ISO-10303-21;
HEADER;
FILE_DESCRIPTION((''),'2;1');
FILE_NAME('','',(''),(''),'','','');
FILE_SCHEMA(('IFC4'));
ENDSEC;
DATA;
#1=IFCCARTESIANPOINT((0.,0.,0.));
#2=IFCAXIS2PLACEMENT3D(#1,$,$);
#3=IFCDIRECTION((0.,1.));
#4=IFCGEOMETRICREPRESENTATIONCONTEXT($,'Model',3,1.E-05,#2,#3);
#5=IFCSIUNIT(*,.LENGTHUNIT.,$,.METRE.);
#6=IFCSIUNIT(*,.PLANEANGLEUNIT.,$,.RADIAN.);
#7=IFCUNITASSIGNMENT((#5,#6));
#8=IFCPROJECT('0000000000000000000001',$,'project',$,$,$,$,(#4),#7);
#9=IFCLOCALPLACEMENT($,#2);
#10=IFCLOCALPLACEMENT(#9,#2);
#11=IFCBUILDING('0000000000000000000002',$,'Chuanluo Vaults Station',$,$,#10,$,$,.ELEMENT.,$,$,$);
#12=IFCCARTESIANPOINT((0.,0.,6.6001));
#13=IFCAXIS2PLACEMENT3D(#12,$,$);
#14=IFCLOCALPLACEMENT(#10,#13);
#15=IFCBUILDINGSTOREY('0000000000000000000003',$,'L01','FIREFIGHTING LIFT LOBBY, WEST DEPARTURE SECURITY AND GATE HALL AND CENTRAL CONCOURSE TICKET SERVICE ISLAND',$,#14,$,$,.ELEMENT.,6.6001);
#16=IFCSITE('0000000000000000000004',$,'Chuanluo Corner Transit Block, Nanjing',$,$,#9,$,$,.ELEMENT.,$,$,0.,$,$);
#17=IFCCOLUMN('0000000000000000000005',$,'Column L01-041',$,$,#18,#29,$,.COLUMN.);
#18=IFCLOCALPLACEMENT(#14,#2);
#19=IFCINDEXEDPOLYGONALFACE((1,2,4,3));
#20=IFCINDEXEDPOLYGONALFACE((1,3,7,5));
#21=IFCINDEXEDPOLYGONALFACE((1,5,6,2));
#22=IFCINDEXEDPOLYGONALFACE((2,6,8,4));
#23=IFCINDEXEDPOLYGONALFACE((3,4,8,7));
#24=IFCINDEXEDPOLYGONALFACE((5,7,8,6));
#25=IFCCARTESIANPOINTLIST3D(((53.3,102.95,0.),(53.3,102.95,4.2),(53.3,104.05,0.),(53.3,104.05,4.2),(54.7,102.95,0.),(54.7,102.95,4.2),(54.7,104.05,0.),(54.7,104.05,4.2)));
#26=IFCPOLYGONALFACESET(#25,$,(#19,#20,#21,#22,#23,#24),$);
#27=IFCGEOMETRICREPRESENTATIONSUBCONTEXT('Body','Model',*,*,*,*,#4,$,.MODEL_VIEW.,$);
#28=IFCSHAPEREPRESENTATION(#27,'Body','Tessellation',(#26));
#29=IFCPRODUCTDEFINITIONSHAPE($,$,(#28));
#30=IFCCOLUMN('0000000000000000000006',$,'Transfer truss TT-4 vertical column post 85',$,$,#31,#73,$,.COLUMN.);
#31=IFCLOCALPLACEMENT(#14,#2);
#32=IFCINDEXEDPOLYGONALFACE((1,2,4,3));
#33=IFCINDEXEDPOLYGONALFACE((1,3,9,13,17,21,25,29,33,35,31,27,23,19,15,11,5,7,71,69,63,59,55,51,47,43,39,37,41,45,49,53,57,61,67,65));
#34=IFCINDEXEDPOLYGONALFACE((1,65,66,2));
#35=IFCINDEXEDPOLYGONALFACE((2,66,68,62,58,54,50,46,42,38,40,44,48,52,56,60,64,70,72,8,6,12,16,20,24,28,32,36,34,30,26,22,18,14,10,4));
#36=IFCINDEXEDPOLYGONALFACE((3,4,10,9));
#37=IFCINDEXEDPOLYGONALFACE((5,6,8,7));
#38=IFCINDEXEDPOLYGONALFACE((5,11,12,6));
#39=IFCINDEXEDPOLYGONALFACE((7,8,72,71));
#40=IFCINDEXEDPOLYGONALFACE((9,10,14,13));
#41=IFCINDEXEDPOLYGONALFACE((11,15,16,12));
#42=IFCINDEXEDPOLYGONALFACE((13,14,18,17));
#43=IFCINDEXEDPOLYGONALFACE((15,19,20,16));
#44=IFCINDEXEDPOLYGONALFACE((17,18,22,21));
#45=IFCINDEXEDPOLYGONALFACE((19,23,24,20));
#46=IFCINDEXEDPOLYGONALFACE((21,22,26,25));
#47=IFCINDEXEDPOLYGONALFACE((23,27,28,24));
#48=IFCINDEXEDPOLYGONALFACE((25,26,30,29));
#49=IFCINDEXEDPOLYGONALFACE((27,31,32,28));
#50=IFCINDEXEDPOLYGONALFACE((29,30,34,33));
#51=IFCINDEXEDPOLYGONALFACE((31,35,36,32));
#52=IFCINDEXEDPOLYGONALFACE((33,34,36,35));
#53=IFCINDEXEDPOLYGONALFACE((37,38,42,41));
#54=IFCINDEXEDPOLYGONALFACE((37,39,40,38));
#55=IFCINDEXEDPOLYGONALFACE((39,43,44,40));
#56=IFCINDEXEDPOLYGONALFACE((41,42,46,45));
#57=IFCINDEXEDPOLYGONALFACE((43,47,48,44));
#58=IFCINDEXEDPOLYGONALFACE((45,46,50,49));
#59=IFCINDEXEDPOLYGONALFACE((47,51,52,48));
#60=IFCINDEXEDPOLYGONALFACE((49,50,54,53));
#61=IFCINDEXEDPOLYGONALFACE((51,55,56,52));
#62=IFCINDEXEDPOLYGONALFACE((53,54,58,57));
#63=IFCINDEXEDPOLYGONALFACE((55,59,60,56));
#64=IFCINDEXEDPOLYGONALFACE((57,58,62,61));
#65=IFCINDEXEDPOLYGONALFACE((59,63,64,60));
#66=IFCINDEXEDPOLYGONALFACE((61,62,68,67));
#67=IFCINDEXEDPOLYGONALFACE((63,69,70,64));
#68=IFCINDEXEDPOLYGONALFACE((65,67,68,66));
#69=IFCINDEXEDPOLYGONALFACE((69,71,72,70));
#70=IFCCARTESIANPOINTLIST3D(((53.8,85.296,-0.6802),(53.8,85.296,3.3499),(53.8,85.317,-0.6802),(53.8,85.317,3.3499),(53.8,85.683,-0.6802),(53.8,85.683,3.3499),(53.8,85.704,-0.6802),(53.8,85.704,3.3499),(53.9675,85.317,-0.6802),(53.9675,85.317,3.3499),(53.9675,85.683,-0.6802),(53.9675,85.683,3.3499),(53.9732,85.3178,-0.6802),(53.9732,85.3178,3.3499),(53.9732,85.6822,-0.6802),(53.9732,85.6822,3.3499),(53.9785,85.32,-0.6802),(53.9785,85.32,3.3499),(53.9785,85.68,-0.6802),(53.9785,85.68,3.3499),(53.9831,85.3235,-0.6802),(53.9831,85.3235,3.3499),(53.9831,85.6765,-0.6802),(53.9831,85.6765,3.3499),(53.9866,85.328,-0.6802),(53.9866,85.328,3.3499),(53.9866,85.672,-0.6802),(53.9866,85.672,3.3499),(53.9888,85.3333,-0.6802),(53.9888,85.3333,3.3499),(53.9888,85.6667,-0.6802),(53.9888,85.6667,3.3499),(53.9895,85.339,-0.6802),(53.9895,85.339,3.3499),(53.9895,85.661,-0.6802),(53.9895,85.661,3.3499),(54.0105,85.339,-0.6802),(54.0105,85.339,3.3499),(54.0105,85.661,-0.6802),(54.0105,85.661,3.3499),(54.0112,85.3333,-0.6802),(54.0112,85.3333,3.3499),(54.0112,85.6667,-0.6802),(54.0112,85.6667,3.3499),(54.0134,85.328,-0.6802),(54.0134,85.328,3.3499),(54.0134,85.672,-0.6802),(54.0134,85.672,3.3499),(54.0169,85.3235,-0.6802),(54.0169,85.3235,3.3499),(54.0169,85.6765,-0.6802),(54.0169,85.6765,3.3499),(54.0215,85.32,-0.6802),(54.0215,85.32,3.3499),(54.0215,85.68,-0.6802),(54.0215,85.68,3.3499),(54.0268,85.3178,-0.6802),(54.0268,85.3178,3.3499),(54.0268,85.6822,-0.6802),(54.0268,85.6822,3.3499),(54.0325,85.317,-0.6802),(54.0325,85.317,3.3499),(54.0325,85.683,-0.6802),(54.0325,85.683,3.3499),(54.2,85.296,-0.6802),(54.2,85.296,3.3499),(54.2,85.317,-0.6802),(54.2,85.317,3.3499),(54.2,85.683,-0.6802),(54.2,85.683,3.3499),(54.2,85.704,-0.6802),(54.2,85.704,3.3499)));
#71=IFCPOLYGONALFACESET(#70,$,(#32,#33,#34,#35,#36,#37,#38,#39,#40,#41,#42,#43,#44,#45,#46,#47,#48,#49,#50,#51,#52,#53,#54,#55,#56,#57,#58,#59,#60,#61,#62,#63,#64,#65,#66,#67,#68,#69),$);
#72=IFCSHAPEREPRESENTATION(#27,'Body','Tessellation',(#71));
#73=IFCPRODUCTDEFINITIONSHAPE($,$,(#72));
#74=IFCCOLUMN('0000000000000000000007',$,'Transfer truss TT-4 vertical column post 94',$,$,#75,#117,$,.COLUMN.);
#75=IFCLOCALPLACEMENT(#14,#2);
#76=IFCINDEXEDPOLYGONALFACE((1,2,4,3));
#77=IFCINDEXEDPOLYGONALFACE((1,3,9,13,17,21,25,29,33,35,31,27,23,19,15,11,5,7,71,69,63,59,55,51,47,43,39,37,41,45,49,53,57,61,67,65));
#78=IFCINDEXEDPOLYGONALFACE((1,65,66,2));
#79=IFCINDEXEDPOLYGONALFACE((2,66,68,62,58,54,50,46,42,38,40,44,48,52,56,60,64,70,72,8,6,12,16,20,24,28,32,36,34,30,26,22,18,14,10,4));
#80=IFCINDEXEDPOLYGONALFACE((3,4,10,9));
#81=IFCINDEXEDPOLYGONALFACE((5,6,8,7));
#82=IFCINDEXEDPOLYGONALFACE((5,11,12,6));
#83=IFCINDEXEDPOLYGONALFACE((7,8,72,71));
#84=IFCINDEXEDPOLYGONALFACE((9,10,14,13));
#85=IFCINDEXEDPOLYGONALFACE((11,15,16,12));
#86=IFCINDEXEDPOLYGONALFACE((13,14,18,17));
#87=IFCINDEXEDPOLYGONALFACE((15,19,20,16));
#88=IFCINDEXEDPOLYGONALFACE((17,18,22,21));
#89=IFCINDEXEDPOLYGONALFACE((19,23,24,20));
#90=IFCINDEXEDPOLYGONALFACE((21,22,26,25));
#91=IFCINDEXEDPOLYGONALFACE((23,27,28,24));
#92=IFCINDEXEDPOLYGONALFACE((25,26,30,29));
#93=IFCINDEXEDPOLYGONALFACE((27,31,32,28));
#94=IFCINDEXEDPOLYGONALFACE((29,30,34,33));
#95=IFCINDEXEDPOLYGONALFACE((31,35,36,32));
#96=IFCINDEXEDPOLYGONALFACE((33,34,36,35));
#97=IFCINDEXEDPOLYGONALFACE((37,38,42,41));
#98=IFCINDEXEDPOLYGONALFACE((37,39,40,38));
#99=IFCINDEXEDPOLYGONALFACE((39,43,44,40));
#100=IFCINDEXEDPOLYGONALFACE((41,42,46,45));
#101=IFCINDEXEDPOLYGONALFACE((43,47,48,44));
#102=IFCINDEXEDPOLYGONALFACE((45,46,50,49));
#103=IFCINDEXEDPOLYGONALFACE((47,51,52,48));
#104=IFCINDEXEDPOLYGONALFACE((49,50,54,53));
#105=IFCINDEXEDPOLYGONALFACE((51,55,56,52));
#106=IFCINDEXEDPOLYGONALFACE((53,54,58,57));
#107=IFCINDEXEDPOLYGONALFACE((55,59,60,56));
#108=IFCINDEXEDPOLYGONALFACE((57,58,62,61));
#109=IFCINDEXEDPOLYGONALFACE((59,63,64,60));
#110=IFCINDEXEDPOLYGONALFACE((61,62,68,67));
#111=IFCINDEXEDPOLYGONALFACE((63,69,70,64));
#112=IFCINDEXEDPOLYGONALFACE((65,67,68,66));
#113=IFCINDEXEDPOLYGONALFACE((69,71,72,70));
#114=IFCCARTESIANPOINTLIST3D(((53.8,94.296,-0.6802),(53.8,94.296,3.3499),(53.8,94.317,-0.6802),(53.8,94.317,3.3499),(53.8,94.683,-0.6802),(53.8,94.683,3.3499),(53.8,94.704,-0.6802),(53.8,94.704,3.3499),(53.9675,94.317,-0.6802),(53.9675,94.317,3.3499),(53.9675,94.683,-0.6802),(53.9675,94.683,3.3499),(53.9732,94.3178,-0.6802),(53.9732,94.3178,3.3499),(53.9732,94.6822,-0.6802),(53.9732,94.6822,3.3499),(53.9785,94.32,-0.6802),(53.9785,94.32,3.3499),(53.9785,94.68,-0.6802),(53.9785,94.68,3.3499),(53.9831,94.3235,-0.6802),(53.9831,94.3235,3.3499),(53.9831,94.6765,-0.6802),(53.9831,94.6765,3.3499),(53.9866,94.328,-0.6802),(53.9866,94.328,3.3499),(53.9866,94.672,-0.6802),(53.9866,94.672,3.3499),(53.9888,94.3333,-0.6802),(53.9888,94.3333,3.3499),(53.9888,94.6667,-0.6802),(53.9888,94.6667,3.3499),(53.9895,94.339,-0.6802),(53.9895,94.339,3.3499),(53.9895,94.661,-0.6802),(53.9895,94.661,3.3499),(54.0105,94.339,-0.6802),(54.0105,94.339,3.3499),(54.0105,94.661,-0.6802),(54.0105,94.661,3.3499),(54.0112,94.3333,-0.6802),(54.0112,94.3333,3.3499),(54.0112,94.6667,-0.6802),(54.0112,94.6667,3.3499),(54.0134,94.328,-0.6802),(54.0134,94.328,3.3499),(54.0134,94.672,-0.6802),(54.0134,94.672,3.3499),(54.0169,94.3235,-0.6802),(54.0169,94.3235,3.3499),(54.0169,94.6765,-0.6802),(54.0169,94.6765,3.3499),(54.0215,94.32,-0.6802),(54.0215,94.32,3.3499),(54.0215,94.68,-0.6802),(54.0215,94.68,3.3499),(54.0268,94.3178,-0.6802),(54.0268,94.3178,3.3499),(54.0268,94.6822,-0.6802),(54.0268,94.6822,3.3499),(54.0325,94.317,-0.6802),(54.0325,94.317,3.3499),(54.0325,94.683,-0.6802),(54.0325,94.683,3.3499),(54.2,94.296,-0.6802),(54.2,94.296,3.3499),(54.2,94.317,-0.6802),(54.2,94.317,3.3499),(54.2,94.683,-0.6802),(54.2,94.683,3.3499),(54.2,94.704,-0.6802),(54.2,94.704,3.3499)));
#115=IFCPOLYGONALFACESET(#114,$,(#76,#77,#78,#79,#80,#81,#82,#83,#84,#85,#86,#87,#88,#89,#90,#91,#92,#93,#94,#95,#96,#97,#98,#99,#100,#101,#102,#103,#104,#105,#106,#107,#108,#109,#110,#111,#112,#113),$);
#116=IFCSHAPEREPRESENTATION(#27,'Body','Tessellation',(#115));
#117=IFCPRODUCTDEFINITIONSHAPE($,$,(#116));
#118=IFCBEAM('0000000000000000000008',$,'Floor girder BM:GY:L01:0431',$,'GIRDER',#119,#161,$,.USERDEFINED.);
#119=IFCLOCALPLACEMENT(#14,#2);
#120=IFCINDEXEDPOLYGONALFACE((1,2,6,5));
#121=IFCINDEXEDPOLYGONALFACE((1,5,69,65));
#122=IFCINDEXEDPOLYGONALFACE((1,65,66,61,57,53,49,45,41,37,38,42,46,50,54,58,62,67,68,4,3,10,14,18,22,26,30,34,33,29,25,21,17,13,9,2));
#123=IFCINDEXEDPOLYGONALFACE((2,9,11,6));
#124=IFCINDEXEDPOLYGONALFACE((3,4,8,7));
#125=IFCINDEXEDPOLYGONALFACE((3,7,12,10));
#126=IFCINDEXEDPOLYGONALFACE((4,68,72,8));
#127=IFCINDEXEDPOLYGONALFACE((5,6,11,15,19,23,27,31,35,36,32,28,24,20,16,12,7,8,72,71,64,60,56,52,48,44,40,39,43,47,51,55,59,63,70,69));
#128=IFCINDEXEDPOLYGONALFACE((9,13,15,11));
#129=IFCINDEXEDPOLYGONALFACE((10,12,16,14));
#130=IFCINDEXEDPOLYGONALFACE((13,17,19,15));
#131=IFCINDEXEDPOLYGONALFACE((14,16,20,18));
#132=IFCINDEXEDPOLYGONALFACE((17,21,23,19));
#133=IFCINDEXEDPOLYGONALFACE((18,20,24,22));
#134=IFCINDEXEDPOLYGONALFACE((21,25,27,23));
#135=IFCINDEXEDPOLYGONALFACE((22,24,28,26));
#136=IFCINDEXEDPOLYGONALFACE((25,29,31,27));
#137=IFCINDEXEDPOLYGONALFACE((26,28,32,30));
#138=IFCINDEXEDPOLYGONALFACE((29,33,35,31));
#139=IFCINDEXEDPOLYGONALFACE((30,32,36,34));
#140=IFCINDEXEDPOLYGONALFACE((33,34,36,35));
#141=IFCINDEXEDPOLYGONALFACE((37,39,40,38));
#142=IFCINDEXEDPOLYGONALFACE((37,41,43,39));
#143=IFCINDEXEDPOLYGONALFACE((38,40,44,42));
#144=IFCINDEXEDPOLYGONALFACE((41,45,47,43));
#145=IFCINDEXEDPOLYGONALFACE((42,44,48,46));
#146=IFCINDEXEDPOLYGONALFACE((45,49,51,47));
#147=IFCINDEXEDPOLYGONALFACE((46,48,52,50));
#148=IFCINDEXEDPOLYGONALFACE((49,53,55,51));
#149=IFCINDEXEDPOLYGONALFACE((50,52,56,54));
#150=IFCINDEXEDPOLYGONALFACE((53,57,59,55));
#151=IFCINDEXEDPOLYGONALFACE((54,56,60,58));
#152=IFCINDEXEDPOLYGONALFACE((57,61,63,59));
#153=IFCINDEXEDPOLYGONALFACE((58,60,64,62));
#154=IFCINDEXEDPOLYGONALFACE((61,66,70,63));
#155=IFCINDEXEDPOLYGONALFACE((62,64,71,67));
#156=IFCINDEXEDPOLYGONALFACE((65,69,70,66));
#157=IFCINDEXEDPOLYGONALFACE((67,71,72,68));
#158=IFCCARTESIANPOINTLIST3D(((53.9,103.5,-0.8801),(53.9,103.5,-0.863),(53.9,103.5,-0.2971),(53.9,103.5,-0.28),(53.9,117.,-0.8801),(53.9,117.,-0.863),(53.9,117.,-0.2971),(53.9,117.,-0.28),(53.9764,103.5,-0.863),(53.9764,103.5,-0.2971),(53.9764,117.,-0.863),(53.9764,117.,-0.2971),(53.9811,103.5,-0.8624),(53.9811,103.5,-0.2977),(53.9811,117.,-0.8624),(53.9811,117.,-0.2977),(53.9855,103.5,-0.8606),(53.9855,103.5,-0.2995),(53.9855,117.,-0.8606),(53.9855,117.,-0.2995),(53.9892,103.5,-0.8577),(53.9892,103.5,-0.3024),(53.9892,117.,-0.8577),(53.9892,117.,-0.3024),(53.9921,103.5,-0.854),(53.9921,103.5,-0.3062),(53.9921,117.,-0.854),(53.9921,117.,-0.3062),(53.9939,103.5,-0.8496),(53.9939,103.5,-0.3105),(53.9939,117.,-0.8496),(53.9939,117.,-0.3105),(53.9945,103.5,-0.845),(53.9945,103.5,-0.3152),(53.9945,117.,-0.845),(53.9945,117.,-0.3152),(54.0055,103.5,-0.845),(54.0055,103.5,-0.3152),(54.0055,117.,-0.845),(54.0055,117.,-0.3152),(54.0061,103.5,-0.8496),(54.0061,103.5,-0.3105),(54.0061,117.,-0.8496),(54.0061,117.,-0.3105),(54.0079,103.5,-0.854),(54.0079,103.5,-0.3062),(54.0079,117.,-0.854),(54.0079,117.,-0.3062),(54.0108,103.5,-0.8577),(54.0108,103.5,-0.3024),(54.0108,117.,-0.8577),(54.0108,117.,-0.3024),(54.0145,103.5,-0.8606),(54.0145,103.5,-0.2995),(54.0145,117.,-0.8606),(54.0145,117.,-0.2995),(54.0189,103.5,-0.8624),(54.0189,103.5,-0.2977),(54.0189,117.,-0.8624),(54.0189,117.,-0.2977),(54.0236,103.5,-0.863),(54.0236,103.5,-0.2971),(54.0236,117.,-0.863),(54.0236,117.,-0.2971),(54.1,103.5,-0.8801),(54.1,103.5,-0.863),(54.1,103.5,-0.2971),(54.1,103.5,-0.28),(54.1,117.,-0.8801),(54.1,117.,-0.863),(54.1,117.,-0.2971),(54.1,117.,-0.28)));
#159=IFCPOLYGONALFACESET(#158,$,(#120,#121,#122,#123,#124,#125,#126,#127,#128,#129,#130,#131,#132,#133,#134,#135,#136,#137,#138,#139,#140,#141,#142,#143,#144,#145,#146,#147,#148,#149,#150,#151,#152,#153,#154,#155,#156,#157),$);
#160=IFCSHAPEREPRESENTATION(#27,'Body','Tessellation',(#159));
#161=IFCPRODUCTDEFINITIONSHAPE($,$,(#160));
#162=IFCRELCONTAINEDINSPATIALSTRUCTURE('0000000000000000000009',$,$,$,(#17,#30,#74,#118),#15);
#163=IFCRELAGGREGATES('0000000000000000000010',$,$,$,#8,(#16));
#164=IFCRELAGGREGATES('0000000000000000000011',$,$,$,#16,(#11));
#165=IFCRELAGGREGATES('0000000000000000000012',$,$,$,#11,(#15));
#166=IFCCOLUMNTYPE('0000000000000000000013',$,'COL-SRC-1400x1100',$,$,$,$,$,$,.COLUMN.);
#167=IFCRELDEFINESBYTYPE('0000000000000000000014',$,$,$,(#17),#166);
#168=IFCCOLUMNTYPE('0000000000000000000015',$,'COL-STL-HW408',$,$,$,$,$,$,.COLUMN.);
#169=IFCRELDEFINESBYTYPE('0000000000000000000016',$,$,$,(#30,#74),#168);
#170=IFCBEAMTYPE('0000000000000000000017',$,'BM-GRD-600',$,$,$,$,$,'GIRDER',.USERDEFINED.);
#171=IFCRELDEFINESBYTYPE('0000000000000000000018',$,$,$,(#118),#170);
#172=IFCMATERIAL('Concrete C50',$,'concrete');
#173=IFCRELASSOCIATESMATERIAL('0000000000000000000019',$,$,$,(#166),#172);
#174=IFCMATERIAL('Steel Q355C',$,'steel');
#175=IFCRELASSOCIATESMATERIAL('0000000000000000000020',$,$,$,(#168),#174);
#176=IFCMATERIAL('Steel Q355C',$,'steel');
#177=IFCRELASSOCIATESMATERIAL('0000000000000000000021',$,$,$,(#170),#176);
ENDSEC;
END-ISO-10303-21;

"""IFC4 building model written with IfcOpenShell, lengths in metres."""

from ifc_helpers import new_model, si_unit, direction, frame, origin, origin_2d, place, context, subcontext, project, spatial, rectangle, i_section, extrude, material, material_profile, profile_set, type_object, element, save


model = new_model("IFC4")

# Units and contexts
model_context = context("Model", 3, precision=1e-05, world=origin(), true_north=direction((0.0, 1.0)))
body_context = subcontext(model_context, "Body", "Model", "MODEL_VIEW")
ifc_project = project(units=[si_unit("LENGTHUNIT", "METRE"), si_unit("PLANEANGLEUNIT", "RADIAN")], contexts=[model_context])

# Site, building, storey
site_placement = place(None, origin())
site = spatial("IfcSite", under=ifc_project, at=site_placement, Name="Chuanluo Corner Transit Block, Nanjing", CompositionType="ELEMENT", RefElevation=0.0)
building_placement = place(site_placement, origin())
building = spatial("IfcBuilding", under=site, at=building_placement, Name="Chuanluo Vaults Station", CompositionType="ELEMENT")
storey_placement = place(building_placement, frame((0.0, 0.0, 6.6001)))
storey = spatial("IfcBuildingStorey", under=building, at=storey_placement, Name="L01", Description="FIREFIGHTING LIFT LOBBY, WEST DEPARTURE SECURITY AND GATE HALL AND CENTRAL CONCOURSE TICKET SERVICE ISLAND", CompositionType="ELEMENT", Elevation=6.6001)

# Columns
ifc_material_1 = material(Name="Concrete C50", Category="concrete")
ifc_material_profile_1 = material_profile(ifc_material_1, rectangle(XDim=1.3999, YDim=1.1001, at=origin_2d()))
ifc_profile_set_1 = profile_set([ifc_material_profile_1], Name="Concrete C50")
column_type_1 = type_object("IfcColumnType", Name="COL-SRC-1400x1100", PredefinedType="COLUMN", material=ifc_profile_set_1)
column_placement = place(storey_placement, frame((54.0, 103.5, 0.0), z_axis=(0.0, 0.0, 1.0), x_axis=(1.0, 0.0, 0.0)))
element("IfcColumn", 1, at=column_placement, inside=storey, type_object=column_type_1, Name="Column L01-041", PredefinedType="COLUMN", context=body_context, shape_type="SweptSolid", body=[
    extrude(rectangle(XDim=1.3999, YDim=1.1001, at=origin_2d()), origin(), (0.0, 0.0, 1.0), 4.2),
])
ifc_material_2 = material(Name="Steel Q355C", Category="steel")
ifc_material_profile_2 = material_profile(ifc_material_2, i_section(OverallWidth=0.3999, OverallDepth=0.408, WebThickness=0.021, FlangeThickness=0.021, FilletRadius=0.022, at=origin_2d()))
ifc_profile_set_2 = profile_set([ifc_material_profile_2], Name="Steel Q355C")
column_type_2 = type_object("IfcColumnType", Name="COL-STL-HW408", PredefinedType="COLUMN", material=ifc_profile_set_2)
for number, where, z_axis, x_axis, name in (
    (2, (54.0, 85.5, -0.6802), (0.0, 0.0, 1.0), (1.0, 0.0, 0.0), "Transfer truss TT-4 vertical column post 85"),
    (3, (54.0, 94.5, -0.6802), (0.0, 0.0, 1.0), (1.0, 0.0, 0.0), "Transfer truss TT-4 vertical column post 94"),
):
    element("IfcColumn", number, at=place(storey_placement, frame(where, z_axis=z_axis, x_axis=x_axis)), inside=storey, type_object=column_type_2, Name=name, PredefinedType="COLUMN", context=body_context, shape_type="SweptSolid", body=[
        extrude(i_section(OverallWidth=0.3999, OverallDepth=0.408, WebThickness=0.021, FlangeThickness=0.021, FilletRadius=0.022, at=origin_2d()), origin(), (0.0, 0.0, 1.0), 4.03),
    ])

# Beam
ifc_material_3 = material(Name="Steel Q355C", Category="steel")
ifc_material_profile_3 = material_profile(ifc_material_3, i_section(OverallWidth=0.2, OverallDepth=0.6001, WebThickness=0.011, FlangeThickness=0.0171, FilletRadius=0.0181, at=origin_2d()))
ifc_profile_set_3 = profile_set([ifc_material_profile_3], Name="Steel Q355C")
beam_type_1 = type_object("IfcBeamType", Name="BM-GRD-600", ElementType="GIRDER", PredefinedType="USERDEFINED", material=ifc_profile_set_3)
beam_placement = place(storey_placement, frame((54.0, 103.5, -0.5801), z_axis=(0.0, 1.0, 0.0), x_axis=(-1.0, 0.0, 0.0)))
element("IfcBeam", 4, at=beam_placement, inside=storey, type_object=beam_type_1, Name="Floor girder BM:GY:L01:0431", ObjectType="GIRDER", PredefinedType="USERDEFINED", context=body_context, shape_type="SweptSolid", body=[
    extrude(i_section(OverallWidth=0.2, OverallDepth=0.6001, WebThickness=0.011, FlangeThickness=0.0171, FilletRadius=0.0181, at=origin_2d()), origin(), (0.0, 0.0, 1.0), 13.5),
])

save(model, "model.ifc")
